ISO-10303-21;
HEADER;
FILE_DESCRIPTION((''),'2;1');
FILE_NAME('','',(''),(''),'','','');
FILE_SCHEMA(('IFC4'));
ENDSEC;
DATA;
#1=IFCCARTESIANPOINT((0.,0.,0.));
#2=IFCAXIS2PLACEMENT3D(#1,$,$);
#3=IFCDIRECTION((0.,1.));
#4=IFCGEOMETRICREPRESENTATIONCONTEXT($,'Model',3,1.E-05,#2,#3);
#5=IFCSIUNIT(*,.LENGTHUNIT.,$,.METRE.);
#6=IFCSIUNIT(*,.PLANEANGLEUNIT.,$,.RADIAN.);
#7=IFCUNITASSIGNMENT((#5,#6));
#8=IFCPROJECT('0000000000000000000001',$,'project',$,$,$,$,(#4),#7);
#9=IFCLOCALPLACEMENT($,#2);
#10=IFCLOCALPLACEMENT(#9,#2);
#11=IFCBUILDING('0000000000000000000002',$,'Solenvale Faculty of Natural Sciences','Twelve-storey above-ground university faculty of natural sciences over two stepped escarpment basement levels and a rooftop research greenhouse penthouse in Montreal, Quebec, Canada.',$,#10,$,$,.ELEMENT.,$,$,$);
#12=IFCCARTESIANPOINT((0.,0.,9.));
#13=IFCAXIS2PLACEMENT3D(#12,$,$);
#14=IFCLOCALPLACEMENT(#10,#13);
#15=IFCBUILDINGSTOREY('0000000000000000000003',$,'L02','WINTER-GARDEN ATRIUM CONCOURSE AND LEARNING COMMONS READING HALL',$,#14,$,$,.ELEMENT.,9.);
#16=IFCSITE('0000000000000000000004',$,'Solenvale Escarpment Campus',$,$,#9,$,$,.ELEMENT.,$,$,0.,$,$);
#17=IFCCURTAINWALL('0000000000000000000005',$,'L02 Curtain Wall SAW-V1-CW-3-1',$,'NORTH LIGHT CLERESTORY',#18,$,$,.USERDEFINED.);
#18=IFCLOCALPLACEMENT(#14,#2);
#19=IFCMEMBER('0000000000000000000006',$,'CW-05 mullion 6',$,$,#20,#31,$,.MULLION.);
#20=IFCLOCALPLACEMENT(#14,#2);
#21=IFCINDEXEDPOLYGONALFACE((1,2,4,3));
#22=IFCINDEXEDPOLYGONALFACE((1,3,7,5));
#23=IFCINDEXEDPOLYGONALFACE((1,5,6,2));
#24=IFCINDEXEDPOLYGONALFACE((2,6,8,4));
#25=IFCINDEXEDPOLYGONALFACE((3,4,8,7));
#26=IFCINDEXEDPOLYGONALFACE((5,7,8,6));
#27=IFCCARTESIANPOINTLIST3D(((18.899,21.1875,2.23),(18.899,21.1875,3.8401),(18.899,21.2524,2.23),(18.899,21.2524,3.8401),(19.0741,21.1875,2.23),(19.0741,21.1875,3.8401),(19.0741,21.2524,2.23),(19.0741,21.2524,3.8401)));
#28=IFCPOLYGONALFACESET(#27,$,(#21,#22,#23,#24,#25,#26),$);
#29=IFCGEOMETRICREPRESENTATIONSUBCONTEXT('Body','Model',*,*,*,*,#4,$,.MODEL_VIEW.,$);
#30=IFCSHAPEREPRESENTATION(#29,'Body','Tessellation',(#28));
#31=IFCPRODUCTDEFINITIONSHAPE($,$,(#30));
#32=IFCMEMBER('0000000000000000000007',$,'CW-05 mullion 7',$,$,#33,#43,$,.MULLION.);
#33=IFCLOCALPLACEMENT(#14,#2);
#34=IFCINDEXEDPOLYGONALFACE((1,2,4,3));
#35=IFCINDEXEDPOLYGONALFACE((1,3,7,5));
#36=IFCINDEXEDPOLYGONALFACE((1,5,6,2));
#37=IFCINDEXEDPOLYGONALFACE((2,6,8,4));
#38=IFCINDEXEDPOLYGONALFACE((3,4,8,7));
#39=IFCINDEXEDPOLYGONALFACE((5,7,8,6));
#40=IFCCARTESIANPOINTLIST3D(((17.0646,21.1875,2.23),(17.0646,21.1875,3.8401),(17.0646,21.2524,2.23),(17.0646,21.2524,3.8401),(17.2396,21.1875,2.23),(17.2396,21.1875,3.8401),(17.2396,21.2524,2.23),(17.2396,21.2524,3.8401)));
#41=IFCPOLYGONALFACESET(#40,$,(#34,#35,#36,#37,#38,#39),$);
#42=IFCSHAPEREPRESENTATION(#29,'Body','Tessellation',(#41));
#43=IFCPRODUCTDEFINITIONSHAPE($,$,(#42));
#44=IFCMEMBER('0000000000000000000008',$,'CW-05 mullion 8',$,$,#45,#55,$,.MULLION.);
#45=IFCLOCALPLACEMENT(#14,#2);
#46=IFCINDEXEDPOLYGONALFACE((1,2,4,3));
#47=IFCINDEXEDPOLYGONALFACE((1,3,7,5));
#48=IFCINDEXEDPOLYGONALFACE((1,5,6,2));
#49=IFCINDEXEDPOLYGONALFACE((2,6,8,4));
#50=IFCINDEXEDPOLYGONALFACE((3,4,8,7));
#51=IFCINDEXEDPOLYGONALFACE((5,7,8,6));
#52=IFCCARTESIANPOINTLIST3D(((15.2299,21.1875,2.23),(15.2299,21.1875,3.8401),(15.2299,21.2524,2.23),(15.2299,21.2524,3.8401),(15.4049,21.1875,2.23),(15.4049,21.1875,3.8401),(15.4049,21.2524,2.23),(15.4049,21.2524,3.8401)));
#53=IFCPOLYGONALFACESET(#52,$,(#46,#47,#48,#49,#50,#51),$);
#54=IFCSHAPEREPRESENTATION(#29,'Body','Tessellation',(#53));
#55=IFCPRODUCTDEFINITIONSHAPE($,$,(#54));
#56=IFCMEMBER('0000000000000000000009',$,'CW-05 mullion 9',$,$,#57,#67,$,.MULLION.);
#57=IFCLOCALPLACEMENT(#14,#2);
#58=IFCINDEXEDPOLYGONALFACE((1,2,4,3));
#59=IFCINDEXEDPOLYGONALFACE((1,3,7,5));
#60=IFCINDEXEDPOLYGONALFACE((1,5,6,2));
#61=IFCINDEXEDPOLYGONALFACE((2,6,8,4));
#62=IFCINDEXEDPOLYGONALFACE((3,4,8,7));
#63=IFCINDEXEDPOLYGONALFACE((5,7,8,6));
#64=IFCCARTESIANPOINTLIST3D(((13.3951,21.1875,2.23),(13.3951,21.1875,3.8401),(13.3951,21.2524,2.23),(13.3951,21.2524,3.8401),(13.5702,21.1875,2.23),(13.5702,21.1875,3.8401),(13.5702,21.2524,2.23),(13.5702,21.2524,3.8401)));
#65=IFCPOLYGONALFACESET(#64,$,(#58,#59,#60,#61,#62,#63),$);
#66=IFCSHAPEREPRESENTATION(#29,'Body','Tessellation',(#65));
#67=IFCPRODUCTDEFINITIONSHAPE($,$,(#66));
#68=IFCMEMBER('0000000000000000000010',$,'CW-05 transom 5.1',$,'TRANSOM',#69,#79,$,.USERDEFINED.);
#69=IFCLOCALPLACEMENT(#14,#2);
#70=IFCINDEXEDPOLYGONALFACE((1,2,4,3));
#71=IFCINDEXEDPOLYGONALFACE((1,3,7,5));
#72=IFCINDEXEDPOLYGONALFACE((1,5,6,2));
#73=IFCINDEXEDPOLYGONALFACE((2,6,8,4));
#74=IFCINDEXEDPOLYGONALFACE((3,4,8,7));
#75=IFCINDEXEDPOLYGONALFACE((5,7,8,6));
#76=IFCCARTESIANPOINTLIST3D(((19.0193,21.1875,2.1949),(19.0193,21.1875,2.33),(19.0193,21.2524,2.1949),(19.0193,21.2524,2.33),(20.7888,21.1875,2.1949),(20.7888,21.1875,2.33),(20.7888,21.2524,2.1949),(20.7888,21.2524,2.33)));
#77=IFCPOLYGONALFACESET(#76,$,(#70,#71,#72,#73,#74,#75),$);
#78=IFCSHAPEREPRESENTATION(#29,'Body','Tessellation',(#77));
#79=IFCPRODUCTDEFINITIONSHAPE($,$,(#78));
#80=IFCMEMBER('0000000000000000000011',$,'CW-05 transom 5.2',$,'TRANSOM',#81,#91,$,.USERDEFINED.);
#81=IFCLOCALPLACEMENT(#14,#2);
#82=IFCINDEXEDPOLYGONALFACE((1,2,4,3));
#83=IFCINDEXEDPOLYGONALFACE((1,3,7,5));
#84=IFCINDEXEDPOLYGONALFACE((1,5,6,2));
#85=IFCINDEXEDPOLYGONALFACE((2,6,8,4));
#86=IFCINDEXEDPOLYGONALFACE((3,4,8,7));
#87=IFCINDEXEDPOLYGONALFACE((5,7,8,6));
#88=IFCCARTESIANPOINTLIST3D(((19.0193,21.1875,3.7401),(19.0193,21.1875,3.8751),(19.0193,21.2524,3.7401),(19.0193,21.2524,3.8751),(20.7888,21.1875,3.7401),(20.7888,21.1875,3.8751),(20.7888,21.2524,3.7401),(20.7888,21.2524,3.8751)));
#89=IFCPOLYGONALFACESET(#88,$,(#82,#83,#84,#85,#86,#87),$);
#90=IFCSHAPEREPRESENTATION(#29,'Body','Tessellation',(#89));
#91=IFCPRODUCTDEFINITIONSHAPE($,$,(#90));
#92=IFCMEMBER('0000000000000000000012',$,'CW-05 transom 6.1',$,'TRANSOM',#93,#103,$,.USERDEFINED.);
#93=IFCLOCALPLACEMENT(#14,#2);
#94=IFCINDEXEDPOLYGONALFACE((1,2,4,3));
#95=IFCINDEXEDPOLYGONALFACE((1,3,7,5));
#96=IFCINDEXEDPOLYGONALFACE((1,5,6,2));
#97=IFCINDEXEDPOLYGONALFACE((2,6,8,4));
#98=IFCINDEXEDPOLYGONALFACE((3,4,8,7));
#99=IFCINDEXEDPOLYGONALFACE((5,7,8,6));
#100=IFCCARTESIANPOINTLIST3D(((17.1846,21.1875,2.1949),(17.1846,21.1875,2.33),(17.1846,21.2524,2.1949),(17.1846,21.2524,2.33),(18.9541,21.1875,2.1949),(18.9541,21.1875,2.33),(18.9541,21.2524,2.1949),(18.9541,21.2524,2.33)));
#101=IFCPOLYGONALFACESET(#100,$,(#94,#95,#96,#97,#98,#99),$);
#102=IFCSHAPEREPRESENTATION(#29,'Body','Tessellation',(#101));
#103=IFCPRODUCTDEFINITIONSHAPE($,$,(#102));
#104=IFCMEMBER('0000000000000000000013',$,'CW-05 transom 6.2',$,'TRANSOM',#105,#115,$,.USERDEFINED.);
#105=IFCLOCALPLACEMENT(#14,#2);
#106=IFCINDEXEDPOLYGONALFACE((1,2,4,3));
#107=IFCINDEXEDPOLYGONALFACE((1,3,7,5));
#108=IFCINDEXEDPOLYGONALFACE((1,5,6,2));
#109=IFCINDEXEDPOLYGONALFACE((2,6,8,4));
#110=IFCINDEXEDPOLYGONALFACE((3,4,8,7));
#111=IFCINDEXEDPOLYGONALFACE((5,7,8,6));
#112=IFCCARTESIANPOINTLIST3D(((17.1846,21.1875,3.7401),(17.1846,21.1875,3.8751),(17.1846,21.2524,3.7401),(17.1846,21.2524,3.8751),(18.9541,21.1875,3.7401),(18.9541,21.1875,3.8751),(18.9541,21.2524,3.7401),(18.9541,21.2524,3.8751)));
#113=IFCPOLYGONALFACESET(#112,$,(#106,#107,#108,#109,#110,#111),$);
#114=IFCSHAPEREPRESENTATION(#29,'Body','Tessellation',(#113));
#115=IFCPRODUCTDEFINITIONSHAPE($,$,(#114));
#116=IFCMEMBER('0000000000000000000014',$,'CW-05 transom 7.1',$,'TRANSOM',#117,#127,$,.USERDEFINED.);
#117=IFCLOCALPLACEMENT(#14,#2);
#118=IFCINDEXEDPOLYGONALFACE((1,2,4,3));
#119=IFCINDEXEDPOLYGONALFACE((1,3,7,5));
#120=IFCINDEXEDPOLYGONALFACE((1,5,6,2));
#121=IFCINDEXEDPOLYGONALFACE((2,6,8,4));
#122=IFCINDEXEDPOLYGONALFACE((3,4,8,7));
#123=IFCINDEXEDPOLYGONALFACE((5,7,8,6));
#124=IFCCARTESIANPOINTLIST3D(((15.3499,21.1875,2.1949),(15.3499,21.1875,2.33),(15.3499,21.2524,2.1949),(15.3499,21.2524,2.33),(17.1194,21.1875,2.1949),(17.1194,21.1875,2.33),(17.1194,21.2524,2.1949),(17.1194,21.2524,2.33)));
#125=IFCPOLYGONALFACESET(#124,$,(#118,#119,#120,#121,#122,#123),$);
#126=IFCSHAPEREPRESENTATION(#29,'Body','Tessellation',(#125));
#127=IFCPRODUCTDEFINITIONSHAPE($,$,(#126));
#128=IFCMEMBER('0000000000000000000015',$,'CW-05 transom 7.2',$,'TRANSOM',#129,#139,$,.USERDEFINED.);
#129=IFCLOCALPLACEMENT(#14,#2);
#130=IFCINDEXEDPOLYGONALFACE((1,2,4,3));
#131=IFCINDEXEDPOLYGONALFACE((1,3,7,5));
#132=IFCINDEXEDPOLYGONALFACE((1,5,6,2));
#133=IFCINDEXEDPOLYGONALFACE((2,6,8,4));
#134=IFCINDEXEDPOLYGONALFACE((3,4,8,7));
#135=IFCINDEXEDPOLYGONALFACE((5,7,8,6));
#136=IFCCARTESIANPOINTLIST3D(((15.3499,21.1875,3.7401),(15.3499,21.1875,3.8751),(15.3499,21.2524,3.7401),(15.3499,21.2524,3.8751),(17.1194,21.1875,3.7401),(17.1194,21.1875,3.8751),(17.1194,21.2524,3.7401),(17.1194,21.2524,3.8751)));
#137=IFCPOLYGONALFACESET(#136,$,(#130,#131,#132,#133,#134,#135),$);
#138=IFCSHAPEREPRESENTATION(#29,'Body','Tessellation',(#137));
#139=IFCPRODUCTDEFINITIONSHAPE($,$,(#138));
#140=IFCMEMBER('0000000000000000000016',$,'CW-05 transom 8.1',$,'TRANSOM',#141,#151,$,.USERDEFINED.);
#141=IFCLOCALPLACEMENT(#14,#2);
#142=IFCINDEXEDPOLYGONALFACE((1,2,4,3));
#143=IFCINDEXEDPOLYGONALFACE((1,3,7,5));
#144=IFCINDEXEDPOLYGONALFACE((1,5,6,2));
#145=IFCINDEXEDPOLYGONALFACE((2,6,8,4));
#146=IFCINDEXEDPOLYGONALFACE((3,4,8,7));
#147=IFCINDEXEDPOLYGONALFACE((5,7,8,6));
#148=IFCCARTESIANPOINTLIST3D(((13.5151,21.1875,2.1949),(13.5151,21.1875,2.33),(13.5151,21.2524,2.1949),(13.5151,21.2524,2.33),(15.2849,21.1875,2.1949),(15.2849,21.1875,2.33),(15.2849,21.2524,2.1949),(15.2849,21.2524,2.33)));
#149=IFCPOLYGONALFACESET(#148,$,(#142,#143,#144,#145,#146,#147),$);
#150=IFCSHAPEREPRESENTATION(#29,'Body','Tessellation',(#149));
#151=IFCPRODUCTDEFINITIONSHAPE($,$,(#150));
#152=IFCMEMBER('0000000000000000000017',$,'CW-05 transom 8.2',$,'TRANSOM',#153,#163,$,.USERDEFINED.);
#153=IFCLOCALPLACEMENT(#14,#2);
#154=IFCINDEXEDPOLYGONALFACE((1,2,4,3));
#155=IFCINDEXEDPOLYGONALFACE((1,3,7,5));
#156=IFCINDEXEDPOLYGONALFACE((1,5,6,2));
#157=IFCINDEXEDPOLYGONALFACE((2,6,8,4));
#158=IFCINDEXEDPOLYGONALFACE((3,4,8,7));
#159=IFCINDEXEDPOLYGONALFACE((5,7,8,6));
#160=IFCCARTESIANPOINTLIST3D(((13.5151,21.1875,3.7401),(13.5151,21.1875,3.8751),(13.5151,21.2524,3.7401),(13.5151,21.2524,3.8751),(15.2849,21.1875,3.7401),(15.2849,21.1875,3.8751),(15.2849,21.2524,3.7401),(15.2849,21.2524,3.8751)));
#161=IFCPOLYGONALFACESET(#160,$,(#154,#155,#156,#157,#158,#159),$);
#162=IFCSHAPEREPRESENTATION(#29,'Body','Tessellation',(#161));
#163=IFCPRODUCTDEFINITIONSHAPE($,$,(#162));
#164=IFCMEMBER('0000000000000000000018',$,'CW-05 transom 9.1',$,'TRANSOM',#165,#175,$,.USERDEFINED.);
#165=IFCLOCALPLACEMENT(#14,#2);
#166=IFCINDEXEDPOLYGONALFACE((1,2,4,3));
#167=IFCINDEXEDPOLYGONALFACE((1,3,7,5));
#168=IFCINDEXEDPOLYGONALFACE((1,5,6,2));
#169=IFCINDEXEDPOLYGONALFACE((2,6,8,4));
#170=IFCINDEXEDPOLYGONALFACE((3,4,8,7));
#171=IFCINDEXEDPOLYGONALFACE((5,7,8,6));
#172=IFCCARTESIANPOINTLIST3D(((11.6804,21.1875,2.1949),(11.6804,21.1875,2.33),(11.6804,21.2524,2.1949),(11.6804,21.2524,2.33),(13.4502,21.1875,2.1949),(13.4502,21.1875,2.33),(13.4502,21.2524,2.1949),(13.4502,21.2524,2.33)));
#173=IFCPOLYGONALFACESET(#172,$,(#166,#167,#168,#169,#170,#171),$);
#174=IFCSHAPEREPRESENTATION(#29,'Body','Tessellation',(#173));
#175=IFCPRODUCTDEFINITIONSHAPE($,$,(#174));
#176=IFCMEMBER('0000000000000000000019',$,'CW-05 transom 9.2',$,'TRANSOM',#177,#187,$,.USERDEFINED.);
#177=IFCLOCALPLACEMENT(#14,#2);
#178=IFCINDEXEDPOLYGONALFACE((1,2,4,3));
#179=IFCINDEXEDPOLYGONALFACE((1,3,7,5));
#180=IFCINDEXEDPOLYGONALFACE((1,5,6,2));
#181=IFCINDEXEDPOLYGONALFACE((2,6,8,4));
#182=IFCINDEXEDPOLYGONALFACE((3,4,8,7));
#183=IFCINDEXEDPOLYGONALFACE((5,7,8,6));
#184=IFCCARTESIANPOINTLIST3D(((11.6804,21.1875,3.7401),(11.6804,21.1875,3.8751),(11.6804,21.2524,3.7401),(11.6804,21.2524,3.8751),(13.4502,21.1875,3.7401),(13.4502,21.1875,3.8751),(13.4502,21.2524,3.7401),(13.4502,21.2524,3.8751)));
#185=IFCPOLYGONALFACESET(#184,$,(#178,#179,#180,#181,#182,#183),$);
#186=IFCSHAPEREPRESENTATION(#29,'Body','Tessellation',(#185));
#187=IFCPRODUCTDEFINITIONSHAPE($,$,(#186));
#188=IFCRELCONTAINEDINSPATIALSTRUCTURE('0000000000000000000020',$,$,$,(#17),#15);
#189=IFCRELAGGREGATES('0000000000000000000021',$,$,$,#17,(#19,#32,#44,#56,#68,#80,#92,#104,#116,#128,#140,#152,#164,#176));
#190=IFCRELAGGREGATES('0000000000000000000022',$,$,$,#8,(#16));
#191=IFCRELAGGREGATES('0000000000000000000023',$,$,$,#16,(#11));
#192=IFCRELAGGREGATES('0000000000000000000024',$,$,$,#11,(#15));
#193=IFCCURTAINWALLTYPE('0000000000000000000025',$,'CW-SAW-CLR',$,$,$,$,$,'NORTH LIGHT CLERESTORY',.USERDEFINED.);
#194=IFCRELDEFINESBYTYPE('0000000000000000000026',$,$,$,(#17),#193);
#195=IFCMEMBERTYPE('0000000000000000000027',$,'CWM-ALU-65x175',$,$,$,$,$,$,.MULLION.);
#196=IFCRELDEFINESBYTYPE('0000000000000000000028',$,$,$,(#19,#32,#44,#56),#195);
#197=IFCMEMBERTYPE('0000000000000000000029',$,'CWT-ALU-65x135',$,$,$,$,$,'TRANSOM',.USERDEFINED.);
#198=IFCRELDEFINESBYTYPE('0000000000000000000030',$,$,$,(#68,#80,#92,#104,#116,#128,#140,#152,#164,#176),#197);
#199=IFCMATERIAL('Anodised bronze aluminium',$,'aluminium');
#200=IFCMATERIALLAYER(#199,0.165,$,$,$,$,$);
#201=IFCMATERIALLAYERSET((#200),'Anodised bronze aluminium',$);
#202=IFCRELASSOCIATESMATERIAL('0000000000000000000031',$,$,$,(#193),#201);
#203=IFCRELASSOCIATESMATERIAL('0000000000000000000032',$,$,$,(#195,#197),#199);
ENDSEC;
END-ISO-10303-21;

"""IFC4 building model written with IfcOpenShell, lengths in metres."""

from ifc_helpers import new_model, si_unit, direction, frame, origin, origin_2d, place, context, subcontext, project, spatial, rectangle, extrude, material, layer, layer_set, material_profile, profile_set, type_object, element, aggregate, save


model = new_model("IFC4")

# Units and contexts
model_context = context("Model", 3, precision=1e-05, world=origin(), true_north=direction((0.0, 1.0)))
body_context = subcontext(model_context, "Body", "Model", "MODEL_VIEW")
ifc_project = project(units=[si_unit("LENGTHUNIT", "METRE"), si_unit("PLANEANGLEUNIT", "RADIAN")], contexts=[model_context])

# Site, building, storey
site_placement = place(None, origin())
site = spatial("IfcSite", under=ifc_project, at=site_placement, Name="Solenvale Escarpment Campus", CompositionType="ELEMENT", RefElevation=0.0)
building_placement = place(site_placement, origin())
building = spatial("IfcBuilding", under=site, at=building_placement, Name="Solenvale Faculty of Natural Sciences", Description="Twelve-storey above-ground university faculty of natural sciences over two stepped escarpment basement levels and a rooftop research greenhouse penthouse in Montreal, Quebec, Canada.", CompositionType="ELEMENT")
storey_placement = place(building_placement, frame((0.0, 0.0, 9.0)))
storey = spatial("IfcBuildingStorey", under=building, at=storey_placement, Name="L02", Description="WINTER-GARDEN ATRIUM CONCOURSE AND LEARNING COMMONS READING HALL", CompositionType="ELEMENT", Elevation=9.0)

# Curtain wall, members
ifc_material_1 = material(Name="Anodised bronze aluminium", Category="aluminium")
ifc_layer_1 = layer(ifc_material_1, 0.165)
ifc_layer_set_1 = layer_set([ifc_layer_1], Name="Anodised bronze aluminium")
curtain_wall_type = type_object("IfcCurtainWallType", Name="CW-SAW-CLR", ElementType="NORTH LIGHT CLERESTORY", PredefinedType="USERDEFINED", material=ifc_layer_set_1)
curtain_wall_placement = place(storey_placement, origin())
curtain_wall = element("IfcCurtainWall", 1, at=curtain_wall_placement, inside=storey, type_object=curtain_wall_type, Name="L02 Curtain Wall SAW-V1-CW-3-1", ObjectType="NORTH LIGHT CLERESTORY", PredefinedType="USERDEFINED")
ifc_material_profile_1 = material_profile(ifc_material_1, rectangle(XDim=0.0649, YDim=0.175, at=origin_2d()), Name="ALU-MUL-65x175")
ifc_profile_set_1 = profile_set([ifc_material_profile_1], Name="Anodised bronze aluminium")
member_type_1 = type_object("IfcMemberType", Name="CWM-ALU-65x175", PredefinedType="MULLION", material=ifc_profile_set_1)
member_1_placement = place(storey_placement, frame((18.9866, 21.22, 2.23), z_axis=(0.0, 0.0, 1.0), x_axis=(0.0, -1.0, 0.0)))
member_1 = element("IfcMember", 2, at=member_1_placement, type_object=member_type_1, Name="CW-05 mullion 6", PredefinedType="MULLION", context=body_context, shape_type="SweptSolid", body=[
    extrude(rectangle(XDim=0.0649, YDim=0.175, at=origin_2d()), origin(), (0.0, 0.0, 1.0), 1.6101),
])
member_2_placement = place(storey_placement, frame((17.1521, 21.22, 2.23), z_axis=(0.0, 0.0, 1.0), x_axis=(0.0, -1.0, 0.0)))
member_2 = element("IfcMember", 3, at=member_2_placement, type_object=member_type_1, Name="CW-05 mullion 7", PredefinedType="MULLION", context=body_context, shape_type="SweptSolid", body=[
    extrude(rectangle(XDim=0.0649, YDim=0.175, at=origin_2d()), origin(), (0.0, 0.0, 1.0), 1.6101),
])
member_3_placement = place(storey_placement, frame((15.3174, 21.22, 2.23), z_axis=(0.0, 0.0, 1.0), x_axis=(0.0, -1.0, 0.0)))
member_3 = element("IfcMember", 4, at=member_3_placement, type_object=member_type_1, Name="CW-05 mullion 8", PredefinedType="MULLION", context=body_context, shape_type="SweptSolid", body=[
    extrude(rectangle(XDim=0.0649, YDim=0.175, at=origin_2d()), origin(), (0.0, 0.0, 1.0), 1.6101),
])
member_4_placement = place(storey_placement, frame((13.4827, 21.22, 2.23), z_axis=(0.0, 0.0, 1.0), x_axis=(0.0, -1.0, 0.0)))
member_4 = element("IfcMember", 5, at=member_4_placement, type_object=member_type_1, Name="CW-05 mullion 9", PredefinedType="MULLION", context=body_context, shape_type="SweptSolid", body=[
    extrude(rectangle(XDim=0.0649, YDim=0.175, at=origin_2d()), origin(), (0.0, 0.0, 1.0), 1.6101),
])
ifc_material_profile_2 = material_profile(ifc_material_1, rectangle(XDim=0.0649, YDim=0.135, at=origin_2d()), Name="ALU-TRN-65x135")
ifc_profile_set_2 = profile_set([ifc_material_profile_2], Name="Anodised bronze aluminium")
member_type_2 = type_object("IfcMemberType", Name="CWT-ALU-65x135", ElementType="TRANSOM", PredefinedType="USERDEFINED", material=ifc_profile_set_2)
member_5_placement = place(storey_placement, frame((20.7888, 21.22, 2.2625), z_axis=(-1.0, 0.0, 0.0), x_axis=(0.0, -1.0, 0.0)))
member_5 = element("IfcMember", 6, at=member_5_placement, type_object=member_type_2, Name="CW-05 transom 5.1", ObjectType="TRANSOM", PredefinedType="USERDEFINED", context=body_context, shape_type="SweptSolid", body=[
    extrude(rectangle(XDim=0.0649, YDim=0.135, at=origin_2d()), origin(), (0.0, 0.0, 1.0), 1.7695),
])
member_6_placement = place(storey_placement, frame((20.7888, 21.22, 3.8076), z_axis=(-1.0, 0.0, 0.0), x_axis=(0.0, -1.0, 0.0)))
member_6 = element("IfcMember", 7, at=member_6_placement, type_object=member_type_2, Name="CW-05 transom 5.2", ObjectType="TRANSOM", PredefinedType="USERDEFINED", context=body_context, shape_type="SweptSolid", body=[
    extrude(rectangle(XDim=0.0649, YDim=0.135, at=origin_2d()), origin(), (0.0, 0.0, 1.0), 1.7695),
])
member_7_placement = place(storey_placement, frame((18.9541, 21.22, 2.2625), z_axis=(-1.0, 0.0, 0.0), x_axis=(0.0, -1.0, 0.0)))
member_7 = element("IfcMember", 8, at=member_7_placement, type_object=member_type_2, Name="CW-05 transom 6.1", ObjectType="TRANSOM", PredefinedType="USERDEFINED", context=body_context, shape_type="SweptSolid", body=[
    extrude(rectangle(XDim=0.0649, YDim=0.135, at=origin_2d()), origin(), (0.0, 0.0, 1.0), 1.7695),
])
member_8_placement = place(storey_placement, frame((18.9541, 21.22, 3.8076), z_axis=(-1.0, 0.0, 0.0), x_axis=(0.0, -1.0, 0.0)))
member_8 = element("IfcMember", 9, at=member_8_placement, type_object=member_type_2, Name="CW-05 transom 6.2", ObjectType="TRANSOM", PredefinedType="USERDEFINED", context=body_context, shape_type="SweptSolid", body=[
    extrude(rectangle(XDim=0.0649, YDim=0.135, at=origin_2d()), origin(), (0.0, 0.0, 1.0), 1.7695),
])
member_9_placement = place(storey_placement, frame((17.1194, 21.22, 2.2625), z_axis=(-1.0, 0.0, 0.0), x_axis=(0.0, -1.0, 0.0)))
member_9 = element("IfcMember", 10, at=member_9_placement, type_object=member_type_2, Name="CW-05 transom 7.1", ObjectType="TRANSOM", PredefinedType="USERDEFINED", context=body_context, shape_type="SweptSolid", body=[
    extrude(rectangle(XDim=0.0649, YDim=0.135, at=origin_2d()), origin(), (0.0, 0.0, 1.0), 1.7695),
])
member_10_placement = place(storey_placement, frame((17.1194, 21.22, 3.8076), z_axis=(-1.0, 0.0, 0.0), x_axis=(0.0, -1.0, 0.0)))
member_10 = element("IfcMember", 11, at=member_10_placement, type_object=member_type_2, Name="CW-05 transom 7.2", ObjectType="TRANSOM", PredefinedType="USERDEFINED", context=body_context, shape_type="SweptSolid", body=[
    extrude(rectangle(XDim=0.0649, YDim=0.135, at=origin_2d()), origin(), (0.0, 0.0, 1.0), 1.7695),
])
member_11_placement = place(storey_placement, frame((15.2849, 21.22, 2.2625), z_axis=(-1.0, 0.0, 0.0), x_axis=(0.0, -1.0, 0.0)))
member_11 = element("IfcMember", 12, at=member_11_placement, type_object=member_type_2, Name="CW-05 transom 8.1", ObjectType="TRANSOM", PredefinedType="USERDEFINED", context=body_context, shape_type="SweptSolid", body=[
    extrude(rectangle(XDim=0.0649, YDim=0.135, at=origin_2d()), origin(), (0.0, 0.0, 1.0), 1.7698),
])
member_12_placement = place(storey_placement, frame((15.2849, 21.22, 3.8076), z_axis=(-1.0, 0.0, 0.0), x_axis=(0.0, -1.0, 0.0)))
member_12 = element("IfcMember", 13, at=member_12_placement, type_object=member_type_2, Name="CW-05 transom 8.2", ObjectType="TRANSOM", PredefinedType="USERDEFINED", context=body_context, shape_type="SweptSolid", body=[
    extrude(rectangle(XDim=0.0649, YDim=0.135, at=origin_2d()), origin(), (0.0, 0.0, 1.0), 1.7698),
])
member_13_placement = place(storey_placement, frame((13.4502, 21.22, 2.2625), z_axis=(-1.0, 0.0, 0.0), x_axis=(0.0, -1.0, 0.0)))
member_13 = element("IfcMember", 14, at=member_13_placement, type_object=member_type_2, Name="CW-05 transom 9.1", ObjectType="TRANSOM", PredefinedType="USERDEFINED", context=body_context, shape_type="SweptSolid", body=[
    extrude(rectangle(XDim=0.0649, YDim=0.135, at=origin_2d()), origin(), (0.0, 0.0, 1.0), 1.7698),
])
member_14_placement = place(storey_placement, frame((13.4502, 21.22, 3.8076), z_axis=(-1.0, 0.0, 0.0), x_axis=(0.0, -1.0, 0.0)))
member_14 = element("IfcMember", 15, at=member_14_placement, type_object=member_type_2, Name="CW-05 transom 9.2", ObjectType="TRANSOM", PredefinedType="USERDEFINED", context=body_context, shape_type="SweptSolid", body=[
    extrude(rectangle(XDim=0.0649, YDim=0.135, at=origin_2d()), origin(), (0.0, 0.0, 1.0), 1.7698),
])

aggregate(curtain_wall, [member_1, member_2, member_3, member_4, member_5, member_6, member_7, member_8, member_9, member_10, member_11, member_12, member_13, member_14])

save(model, "model.ifc")
